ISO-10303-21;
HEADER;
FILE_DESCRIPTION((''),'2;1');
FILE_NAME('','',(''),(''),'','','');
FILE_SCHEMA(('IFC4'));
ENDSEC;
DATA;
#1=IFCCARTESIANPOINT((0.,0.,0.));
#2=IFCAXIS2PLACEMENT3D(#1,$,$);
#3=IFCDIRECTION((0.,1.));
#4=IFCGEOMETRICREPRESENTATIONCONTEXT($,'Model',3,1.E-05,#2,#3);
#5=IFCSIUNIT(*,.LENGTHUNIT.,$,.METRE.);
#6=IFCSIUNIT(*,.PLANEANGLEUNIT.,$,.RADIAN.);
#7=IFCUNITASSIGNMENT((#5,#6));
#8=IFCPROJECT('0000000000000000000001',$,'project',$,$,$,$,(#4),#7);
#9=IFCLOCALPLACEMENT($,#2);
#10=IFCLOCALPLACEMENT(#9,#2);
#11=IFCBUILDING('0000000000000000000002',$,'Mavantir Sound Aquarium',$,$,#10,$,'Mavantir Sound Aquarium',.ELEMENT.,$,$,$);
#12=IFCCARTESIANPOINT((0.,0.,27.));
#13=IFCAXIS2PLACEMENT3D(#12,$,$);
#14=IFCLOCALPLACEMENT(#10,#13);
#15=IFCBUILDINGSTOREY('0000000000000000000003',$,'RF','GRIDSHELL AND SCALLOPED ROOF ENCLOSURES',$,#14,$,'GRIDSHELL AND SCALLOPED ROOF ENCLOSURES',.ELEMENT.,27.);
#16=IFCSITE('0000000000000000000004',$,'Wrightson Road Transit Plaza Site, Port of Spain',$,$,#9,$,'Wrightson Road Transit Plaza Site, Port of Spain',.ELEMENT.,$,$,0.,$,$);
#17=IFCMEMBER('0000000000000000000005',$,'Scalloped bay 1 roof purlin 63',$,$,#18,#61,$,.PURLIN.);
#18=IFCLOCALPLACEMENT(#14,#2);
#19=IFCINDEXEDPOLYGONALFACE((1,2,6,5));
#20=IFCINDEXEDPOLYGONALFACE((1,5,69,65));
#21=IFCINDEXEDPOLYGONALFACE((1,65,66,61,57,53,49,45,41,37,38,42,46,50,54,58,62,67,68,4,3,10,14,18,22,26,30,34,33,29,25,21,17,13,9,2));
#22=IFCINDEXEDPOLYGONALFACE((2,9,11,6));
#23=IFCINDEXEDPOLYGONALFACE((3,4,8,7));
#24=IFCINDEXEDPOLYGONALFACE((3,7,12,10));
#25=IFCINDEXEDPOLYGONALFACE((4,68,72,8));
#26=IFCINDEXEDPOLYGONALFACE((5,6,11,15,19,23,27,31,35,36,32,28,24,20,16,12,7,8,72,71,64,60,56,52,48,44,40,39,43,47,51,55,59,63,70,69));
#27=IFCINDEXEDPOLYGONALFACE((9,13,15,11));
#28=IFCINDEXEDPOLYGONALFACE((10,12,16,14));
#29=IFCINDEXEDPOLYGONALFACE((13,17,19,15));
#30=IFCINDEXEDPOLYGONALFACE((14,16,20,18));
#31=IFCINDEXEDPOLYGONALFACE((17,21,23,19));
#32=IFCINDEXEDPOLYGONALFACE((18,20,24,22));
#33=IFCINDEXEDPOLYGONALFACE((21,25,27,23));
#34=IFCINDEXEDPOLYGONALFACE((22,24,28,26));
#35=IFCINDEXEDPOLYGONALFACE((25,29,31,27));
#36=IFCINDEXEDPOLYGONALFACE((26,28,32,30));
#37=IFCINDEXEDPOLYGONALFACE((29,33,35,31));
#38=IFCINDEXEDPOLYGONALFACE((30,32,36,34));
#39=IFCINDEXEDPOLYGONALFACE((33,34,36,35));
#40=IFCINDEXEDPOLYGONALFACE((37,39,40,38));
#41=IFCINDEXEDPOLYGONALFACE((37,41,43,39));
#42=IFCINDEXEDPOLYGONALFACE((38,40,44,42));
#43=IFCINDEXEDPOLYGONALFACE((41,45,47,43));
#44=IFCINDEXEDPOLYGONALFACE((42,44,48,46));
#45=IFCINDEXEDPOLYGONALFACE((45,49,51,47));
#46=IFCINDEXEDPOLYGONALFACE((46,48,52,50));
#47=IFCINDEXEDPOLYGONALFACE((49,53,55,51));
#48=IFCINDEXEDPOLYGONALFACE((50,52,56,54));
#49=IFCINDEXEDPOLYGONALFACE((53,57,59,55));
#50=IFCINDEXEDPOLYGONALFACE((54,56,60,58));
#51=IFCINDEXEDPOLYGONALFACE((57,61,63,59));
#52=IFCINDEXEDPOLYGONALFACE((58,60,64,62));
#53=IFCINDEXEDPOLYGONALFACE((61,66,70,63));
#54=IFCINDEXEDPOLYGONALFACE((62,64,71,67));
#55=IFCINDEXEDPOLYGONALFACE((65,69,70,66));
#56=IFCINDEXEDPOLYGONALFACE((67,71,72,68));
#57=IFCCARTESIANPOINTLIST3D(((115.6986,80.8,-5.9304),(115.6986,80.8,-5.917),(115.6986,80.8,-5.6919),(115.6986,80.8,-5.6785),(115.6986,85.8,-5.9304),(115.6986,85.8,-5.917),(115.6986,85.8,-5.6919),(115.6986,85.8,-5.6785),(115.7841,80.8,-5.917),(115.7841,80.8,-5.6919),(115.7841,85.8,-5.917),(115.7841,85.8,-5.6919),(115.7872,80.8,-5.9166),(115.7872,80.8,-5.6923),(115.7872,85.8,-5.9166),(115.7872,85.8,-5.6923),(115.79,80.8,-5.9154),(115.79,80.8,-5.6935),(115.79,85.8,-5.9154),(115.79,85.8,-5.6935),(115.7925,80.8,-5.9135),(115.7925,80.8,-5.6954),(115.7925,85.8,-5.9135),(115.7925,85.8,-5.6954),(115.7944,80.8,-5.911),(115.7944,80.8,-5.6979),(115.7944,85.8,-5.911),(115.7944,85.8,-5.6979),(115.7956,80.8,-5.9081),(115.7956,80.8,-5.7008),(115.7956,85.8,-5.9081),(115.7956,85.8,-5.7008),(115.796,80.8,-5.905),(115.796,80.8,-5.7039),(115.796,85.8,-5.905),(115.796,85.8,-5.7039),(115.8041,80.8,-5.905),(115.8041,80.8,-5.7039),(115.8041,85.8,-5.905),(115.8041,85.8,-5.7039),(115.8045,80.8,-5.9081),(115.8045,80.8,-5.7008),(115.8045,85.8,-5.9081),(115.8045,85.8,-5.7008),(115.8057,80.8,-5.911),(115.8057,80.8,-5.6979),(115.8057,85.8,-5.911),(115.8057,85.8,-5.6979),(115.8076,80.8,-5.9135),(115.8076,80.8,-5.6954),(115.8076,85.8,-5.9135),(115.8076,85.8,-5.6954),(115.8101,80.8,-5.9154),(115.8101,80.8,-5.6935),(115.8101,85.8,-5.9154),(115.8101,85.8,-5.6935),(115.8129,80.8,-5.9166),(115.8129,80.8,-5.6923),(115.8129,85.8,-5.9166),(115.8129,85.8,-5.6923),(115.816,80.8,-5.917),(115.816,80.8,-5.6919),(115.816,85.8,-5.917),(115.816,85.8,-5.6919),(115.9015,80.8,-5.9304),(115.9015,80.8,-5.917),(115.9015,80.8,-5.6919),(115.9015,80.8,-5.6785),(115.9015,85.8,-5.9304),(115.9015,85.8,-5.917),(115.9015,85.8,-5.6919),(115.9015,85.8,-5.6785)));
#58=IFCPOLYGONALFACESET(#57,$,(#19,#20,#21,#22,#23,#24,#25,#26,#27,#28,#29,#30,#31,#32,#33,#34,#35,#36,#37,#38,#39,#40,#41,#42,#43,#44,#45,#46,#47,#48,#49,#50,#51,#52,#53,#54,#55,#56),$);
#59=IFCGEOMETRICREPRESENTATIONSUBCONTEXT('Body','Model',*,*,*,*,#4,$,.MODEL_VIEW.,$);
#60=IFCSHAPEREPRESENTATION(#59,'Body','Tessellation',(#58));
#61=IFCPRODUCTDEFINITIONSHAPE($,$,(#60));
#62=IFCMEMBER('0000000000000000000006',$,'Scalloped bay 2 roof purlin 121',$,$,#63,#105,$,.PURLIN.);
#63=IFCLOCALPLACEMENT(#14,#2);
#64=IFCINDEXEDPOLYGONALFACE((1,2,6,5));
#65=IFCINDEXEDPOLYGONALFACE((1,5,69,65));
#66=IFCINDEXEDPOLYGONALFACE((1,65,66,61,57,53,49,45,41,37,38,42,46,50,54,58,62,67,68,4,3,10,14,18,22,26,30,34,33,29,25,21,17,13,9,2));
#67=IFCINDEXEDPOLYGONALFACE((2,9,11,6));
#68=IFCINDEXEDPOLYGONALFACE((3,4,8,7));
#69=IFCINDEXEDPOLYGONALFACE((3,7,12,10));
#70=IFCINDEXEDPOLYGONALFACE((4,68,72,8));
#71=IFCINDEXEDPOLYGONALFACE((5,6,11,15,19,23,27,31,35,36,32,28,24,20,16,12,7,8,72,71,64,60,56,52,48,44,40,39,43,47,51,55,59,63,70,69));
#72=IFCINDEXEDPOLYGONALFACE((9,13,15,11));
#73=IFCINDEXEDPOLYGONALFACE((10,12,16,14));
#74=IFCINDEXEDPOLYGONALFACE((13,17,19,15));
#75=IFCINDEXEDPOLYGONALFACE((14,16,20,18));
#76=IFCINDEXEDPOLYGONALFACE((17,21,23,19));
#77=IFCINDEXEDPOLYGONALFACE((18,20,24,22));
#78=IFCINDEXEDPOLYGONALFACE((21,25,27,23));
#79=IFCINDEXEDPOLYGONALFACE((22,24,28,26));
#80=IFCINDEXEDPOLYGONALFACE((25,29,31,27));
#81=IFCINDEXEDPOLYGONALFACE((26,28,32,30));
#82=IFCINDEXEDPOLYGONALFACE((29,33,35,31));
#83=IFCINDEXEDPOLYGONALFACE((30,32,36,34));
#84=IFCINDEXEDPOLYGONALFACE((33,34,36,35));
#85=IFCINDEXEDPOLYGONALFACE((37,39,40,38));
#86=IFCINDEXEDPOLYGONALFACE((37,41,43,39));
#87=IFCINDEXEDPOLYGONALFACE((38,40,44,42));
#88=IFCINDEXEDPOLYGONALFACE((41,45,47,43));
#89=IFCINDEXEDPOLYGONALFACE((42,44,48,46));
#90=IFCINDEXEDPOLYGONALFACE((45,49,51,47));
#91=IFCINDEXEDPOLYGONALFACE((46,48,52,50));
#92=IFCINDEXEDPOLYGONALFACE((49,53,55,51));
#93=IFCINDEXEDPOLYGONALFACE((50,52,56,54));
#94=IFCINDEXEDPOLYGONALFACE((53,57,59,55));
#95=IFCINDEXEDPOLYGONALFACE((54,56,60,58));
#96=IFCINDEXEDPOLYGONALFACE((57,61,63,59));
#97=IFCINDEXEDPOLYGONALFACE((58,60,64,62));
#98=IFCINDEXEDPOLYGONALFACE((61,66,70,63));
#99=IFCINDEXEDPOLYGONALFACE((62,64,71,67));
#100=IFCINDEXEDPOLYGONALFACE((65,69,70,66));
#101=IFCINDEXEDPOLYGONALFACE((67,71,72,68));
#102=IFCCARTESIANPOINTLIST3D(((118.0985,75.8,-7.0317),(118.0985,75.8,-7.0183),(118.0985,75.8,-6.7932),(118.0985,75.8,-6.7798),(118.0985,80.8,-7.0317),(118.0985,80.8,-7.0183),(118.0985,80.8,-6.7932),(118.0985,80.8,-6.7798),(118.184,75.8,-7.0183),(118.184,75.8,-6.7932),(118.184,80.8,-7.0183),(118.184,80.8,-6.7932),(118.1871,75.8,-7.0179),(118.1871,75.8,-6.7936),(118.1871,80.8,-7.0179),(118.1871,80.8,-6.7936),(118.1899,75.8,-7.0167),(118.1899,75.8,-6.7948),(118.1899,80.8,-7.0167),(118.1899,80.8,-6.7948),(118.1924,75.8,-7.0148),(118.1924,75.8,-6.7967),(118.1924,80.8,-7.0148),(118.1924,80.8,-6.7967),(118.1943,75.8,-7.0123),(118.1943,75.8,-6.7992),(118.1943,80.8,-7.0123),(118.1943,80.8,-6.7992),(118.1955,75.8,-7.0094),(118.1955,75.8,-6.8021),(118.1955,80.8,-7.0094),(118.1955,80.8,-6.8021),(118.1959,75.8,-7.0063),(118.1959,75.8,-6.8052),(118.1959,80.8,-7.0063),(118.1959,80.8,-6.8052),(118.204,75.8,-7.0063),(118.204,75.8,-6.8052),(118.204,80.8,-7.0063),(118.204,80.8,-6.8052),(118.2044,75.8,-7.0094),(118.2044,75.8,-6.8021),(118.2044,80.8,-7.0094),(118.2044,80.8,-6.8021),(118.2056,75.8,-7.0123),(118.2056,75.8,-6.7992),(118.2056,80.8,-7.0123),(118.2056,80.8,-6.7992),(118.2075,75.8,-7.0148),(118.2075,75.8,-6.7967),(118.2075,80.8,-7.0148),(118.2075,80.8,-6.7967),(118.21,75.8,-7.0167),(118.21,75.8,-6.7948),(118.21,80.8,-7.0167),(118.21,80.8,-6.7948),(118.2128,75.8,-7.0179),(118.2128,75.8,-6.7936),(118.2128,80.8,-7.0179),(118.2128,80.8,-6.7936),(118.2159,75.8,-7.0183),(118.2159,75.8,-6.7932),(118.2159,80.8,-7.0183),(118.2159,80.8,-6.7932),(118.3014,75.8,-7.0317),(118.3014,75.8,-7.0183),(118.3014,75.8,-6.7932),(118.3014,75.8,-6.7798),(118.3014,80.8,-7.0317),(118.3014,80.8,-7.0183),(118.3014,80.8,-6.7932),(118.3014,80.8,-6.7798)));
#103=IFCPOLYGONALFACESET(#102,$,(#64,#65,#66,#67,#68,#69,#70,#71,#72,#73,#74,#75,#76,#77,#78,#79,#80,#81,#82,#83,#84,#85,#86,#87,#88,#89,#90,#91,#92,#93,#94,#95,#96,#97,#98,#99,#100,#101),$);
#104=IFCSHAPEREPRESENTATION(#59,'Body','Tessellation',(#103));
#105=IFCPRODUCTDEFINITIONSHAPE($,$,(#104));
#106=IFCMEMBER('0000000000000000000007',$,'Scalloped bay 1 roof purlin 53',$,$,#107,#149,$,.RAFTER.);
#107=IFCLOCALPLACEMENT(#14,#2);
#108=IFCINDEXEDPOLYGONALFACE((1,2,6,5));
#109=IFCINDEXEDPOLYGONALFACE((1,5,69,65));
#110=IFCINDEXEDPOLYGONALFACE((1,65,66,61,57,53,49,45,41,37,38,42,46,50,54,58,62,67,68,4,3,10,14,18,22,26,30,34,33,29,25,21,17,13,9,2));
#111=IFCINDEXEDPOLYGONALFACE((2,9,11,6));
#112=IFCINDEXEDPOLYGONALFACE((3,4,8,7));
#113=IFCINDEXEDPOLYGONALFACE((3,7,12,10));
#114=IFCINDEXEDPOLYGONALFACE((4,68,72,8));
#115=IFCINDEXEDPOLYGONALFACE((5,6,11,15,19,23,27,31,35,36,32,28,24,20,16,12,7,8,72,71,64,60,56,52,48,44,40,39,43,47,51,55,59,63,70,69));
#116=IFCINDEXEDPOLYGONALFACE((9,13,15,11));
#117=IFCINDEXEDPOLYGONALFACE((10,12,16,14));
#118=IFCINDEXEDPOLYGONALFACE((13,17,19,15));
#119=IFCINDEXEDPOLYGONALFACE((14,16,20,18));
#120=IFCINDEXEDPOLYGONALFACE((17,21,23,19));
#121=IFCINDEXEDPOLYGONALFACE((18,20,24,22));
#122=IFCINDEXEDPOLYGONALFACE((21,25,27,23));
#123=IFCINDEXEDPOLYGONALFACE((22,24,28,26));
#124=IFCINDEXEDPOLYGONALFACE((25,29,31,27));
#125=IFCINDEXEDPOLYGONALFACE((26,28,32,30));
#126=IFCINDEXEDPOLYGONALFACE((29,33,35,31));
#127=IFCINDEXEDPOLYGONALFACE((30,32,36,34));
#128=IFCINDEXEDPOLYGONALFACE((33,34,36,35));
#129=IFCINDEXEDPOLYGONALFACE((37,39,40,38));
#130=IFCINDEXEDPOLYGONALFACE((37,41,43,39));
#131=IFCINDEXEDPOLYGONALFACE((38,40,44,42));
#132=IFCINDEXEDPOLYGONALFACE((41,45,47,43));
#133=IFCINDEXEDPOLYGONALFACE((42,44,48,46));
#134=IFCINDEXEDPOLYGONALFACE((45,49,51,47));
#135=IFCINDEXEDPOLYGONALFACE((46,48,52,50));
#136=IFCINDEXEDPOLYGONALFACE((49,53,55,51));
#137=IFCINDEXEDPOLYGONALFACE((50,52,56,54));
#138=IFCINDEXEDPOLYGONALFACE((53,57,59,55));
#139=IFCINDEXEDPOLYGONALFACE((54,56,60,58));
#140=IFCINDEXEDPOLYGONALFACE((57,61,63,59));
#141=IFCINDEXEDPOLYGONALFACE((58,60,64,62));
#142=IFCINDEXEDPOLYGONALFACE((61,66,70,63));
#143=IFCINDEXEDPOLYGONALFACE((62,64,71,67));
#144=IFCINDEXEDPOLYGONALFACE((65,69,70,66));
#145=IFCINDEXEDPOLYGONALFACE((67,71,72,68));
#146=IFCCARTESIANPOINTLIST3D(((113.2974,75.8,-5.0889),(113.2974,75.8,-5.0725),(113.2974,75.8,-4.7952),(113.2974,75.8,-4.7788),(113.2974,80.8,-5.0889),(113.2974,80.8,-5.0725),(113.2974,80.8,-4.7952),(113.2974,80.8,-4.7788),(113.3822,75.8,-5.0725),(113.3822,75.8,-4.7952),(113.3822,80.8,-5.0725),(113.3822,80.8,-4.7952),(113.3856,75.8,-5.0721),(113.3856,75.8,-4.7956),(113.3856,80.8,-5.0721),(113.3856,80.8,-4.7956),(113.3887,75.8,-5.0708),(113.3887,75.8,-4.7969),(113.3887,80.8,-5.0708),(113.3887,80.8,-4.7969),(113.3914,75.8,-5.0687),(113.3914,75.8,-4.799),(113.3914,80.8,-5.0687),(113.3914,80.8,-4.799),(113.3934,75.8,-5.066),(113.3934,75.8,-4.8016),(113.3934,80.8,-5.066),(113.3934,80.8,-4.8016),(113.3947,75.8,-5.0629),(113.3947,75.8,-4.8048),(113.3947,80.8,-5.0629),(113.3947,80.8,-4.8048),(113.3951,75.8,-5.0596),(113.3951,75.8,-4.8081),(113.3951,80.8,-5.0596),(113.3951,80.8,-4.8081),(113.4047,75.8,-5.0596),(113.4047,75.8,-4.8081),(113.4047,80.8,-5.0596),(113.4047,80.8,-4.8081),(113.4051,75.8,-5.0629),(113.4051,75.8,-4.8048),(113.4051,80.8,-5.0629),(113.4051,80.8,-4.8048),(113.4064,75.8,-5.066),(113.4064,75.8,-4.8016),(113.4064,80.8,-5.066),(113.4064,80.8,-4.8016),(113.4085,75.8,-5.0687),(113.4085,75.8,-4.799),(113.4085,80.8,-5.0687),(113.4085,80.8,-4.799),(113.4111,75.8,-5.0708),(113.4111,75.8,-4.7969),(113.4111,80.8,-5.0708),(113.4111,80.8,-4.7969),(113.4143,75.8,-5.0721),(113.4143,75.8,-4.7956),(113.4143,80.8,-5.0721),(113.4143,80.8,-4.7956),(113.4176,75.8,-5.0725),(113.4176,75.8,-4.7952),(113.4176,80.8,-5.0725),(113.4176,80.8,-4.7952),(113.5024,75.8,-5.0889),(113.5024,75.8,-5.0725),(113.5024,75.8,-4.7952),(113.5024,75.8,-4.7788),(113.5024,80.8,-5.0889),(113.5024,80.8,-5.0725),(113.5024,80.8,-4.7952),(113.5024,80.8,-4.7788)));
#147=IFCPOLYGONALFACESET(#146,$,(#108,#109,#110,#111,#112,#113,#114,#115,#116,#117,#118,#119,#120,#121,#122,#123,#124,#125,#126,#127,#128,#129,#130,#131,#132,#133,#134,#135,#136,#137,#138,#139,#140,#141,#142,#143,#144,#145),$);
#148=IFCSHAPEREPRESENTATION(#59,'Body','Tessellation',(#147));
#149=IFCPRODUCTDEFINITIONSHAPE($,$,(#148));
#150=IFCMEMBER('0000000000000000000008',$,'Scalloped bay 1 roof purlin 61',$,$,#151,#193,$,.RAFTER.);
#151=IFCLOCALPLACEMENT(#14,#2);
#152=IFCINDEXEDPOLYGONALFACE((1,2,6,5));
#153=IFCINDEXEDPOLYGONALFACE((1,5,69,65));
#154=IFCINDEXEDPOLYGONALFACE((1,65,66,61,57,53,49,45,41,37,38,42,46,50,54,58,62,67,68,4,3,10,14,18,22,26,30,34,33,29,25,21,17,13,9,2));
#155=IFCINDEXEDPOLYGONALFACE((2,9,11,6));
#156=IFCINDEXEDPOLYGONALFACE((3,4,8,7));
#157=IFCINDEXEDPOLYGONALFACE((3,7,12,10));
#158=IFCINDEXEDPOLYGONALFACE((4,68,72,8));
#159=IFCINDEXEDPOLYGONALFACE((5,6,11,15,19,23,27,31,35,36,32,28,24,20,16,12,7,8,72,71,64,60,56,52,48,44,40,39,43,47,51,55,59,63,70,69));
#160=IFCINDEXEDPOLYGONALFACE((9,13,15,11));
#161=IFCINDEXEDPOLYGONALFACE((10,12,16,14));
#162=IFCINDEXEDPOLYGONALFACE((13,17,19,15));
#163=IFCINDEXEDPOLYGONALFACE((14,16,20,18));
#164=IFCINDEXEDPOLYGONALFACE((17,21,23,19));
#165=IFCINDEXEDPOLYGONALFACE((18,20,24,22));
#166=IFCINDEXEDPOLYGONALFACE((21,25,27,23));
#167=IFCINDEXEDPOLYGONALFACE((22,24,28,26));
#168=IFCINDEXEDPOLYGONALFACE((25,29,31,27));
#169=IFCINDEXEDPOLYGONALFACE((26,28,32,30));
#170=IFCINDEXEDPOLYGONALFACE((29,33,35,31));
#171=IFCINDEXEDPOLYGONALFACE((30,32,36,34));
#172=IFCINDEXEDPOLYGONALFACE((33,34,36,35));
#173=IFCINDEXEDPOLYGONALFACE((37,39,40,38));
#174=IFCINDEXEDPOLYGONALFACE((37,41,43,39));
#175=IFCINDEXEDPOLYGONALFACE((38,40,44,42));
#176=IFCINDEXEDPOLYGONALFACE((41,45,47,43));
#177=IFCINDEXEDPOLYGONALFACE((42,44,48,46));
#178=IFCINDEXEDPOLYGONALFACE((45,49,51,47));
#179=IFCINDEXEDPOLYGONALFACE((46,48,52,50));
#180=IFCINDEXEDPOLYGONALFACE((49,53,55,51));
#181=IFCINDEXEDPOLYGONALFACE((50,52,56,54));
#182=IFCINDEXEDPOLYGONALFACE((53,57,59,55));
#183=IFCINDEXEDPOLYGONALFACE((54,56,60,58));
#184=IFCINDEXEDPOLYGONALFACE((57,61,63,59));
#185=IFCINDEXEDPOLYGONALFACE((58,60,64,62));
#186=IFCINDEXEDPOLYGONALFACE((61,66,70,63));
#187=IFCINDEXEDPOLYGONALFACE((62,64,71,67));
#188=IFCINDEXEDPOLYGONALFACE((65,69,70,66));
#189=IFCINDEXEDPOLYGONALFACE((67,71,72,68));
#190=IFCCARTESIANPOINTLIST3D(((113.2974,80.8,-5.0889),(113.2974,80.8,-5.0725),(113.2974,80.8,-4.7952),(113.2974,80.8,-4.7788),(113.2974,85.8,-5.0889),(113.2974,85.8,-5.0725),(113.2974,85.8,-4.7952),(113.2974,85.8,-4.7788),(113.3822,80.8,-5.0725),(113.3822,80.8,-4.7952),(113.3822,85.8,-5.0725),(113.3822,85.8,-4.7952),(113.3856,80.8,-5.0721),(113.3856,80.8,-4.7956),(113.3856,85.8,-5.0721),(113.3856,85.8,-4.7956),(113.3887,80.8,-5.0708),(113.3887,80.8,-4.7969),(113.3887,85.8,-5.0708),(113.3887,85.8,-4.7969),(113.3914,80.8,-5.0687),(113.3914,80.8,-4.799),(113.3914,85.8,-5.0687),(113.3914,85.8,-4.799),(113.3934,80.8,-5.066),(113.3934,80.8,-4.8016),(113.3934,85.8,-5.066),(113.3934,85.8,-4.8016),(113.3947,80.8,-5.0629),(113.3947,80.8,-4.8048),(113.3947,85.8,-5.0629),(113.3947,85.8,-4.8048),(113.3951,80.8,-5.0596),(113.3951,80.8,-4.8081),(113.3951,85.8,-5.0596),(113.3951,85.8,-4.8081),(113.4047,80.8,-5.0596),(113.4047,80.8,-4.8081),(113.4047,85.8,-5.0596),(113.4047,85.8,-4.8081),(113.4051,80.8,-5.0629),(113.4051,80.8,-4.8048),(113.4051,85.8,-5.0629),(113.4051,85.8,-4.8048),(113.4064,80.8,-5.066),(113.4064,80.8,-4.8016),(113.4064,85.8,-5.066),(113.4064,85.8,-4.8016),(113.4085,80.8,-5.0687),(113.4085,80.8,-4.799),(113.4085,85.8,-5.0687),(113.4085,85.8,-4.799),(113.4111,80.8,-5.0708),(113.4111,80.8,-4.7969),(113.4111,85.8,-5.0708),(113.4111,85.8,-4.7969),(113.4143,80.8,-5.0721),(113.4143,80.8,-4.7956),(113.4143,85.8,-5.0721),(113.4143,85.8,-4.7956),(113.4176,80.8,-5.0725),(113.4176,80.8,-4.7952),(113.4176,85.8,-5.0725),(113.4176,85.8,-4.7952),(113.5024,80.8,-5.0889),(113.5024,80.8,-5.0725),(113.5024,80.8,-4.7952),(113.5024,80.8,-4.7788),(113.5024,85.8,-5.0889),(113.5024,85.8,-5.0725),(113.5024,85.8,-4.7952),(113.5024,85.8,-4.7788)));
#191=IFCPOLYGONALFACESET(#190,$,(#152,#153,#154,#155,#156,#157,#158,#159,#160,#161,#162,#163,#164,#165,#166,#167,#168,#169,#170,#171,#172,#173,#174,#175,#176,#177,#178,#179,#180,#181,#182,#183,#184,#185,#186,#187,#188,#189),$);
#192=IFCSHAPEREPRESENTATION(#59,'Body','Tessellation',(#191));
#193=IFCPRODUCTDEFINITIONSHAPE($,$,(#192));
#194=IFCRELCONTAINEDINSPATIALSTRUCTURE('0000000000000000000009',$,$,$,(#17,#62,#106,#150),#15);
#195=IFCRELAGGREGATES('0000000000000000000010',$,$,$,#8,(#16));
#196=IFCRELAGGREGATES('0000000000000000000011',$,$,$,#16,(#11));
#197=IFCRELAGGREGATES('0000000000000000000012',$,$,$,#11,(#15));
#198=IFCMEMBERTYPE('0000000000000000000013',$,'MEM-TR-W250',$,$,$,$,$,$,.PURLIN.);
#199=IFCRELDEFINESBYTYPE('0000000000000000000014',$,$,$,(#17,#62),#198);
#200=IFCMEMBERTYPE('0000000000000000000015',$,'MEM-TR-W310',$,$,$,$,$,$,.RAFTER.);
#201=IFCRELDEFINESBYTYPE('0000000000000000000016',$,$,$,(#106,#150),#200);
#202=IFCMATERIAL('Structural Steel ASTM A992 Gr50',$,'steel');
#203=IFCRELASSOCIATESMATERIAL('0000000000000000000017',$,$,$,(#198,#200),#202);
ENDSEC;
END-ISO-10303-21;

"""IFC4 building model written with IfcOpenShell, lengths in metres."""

from ifc_helpers import new_model, si_unit, direction, frame, origin, origin_2d, place, context, subcontext, project, spatial, i_section, extrude, material, material_profile, profile_set, type_object, element, save


model = new_model("IFC4")

# Units and contexts
model_context = context("Model", 3, precision=1e-05, world=origin(), true_north=direction((0.0, 1.0)))
body_context = subcontext(model_context, "Body", "Model", "MODEL_VIEW")
ifc_project = project(units=[si_unit("LENGTHUNIT", "METRE"), si_unit("PLANEANGLEUNIT", "RADIAN")], contexts=[model_context])

# Site, building, storey
site_placement = place(None, origin())
site = spatial("IfcSite", under=ifc_project, at=site_placement, Name="Wrightson Road Transit Plaza Site, Port of Spain", LongName="Wrightson Road Transit Plaza Site, Port of Spain", CompositionType="ELEMENT", RefElevation=0.0)
building_placement = place(site_placement, origin())
building = spatial("IfcBuilding", under=site, at=building_placement, Name="Mavantir Sound Aquarium", LongName="Mavantir Sound Aquarium", CompositionType="ELEMENT")
storey_placement = place(building_placement, frame((0.0, 0.0, 27.0)))
storey = spatial("IfcBuildingStorey", under=building, at=storey_placement, Name="RF", Description="GRIDSHELL AND SCALLOPED ROOF ENCLOSURES", LongName="GRIDSHELL AND SCALLOPED ROOF ENCLOSURES", CompositionType="ELEMENT", Elevation=27.0)

# Shared definitions
ifc_material_1 = material(Name="Structural Steel ASTM A992 Gr50", Category="steel")

# Members
ifc_material_profile_1 = material_profile(ifc_material_1, i_section(OverallWidth=0.2029, OverallDepth=0.252, WebThickness=0.0081, FlangeThickness=0.0134, FilletRadius=0.012, at=origin_2d()), Name="W250X58")
ifc_profile_set_1 = profile_set([ifc_material_profile_1], Name="Structural Steel ASTM A992 Gr50")
member_type_1 = type_object("IfcMemberType", Name="MEM-TR-W250", PredefinedType="PURLIN", material=ifc_profile_set_1)
for number, where, z_axis, x_axis, name in (
    (1, (115.8, 80.8, -5.8044), (0.0, 1.0, 0.0), (-1.0, 0.0, 0.0), "Scalloped bay 1 roof purlin 63"),
    (2, (118.2, 75.8, -6.9058), (0.0, 1.0, 0.0), (-1.0, 0.0, 0.0), "Scalloped bay 2 roof purlin 121"),
):
    element("IfcMember", number, at=place(storey_placement, frame(where, z_axis=z_axis, x_axis=x_axis)), inside=storey, type_object=member_type_1, Name=name, PredefinedType="PURLIN", context=body_context, shape_type="SweptSolid", body=[
        extrude(i_section(OverallWidth=0.2029, OverallDepth=0.252, WebThickness=0.0081, FlangeThickness=0.0134, FilletRadius=0.012, at=origin_2d()), origin(), (0.0, 0.0, 1.0), 5.0),
    ])
ifc_material_profile_2 = material_profile(ifc_material_1, i_section(OverallWidth=0.2051, OverallDepth=0.3101, WebThickness=0.0095, FlangeThickness=0.0164, FilletRadius=0.0129, at=origin_2d()), Name="W310X74")
ifc_profile_set_2 = profile_set([ifc_material_profile_2], Name="Structural Steel ASTM A992 Gr50")
member_type_2 = type_object("IfcMemberType", Name="MEM-TR-W310", PredefinedType="RAFTER", material=ifc_profile_set_2)
for number, where, z_axis, x_axis, name in (
    (3, (113.3999, 75.8, -4.9338), (0.0, 1.0, 0.0), (-1.0, 0.0, 0.0), "Scalloped bay 1 roof purlin 53"),
    (4, (113.3999, 80.8, -4.9338), (0.0, 1.0, 0.0), (-1.0, 0.0, 0.0), "Scalloped bay 1 roof purlin 61"),
):
    element("IfcMember", number, at=place(storey_placement, frame(where, z_axis=z_axis, x_axis=x_axis)), inside=storey, type_object=member_type_2, Name=name, PredefinedType="RAFTER", context=body_context, shape_type="SweptSolid", body=[
        extrude(i_section(OverallWidth=0.2051, OverallDepth=0.3101, WebThickness=0.0095, FlangeThickness=0.0164, FilletRadius=0.0129, at=origin_2d()), origin(), (0.0, 0.0, 1.0), 5.0),
    ])

save(model, "model.ifc")
